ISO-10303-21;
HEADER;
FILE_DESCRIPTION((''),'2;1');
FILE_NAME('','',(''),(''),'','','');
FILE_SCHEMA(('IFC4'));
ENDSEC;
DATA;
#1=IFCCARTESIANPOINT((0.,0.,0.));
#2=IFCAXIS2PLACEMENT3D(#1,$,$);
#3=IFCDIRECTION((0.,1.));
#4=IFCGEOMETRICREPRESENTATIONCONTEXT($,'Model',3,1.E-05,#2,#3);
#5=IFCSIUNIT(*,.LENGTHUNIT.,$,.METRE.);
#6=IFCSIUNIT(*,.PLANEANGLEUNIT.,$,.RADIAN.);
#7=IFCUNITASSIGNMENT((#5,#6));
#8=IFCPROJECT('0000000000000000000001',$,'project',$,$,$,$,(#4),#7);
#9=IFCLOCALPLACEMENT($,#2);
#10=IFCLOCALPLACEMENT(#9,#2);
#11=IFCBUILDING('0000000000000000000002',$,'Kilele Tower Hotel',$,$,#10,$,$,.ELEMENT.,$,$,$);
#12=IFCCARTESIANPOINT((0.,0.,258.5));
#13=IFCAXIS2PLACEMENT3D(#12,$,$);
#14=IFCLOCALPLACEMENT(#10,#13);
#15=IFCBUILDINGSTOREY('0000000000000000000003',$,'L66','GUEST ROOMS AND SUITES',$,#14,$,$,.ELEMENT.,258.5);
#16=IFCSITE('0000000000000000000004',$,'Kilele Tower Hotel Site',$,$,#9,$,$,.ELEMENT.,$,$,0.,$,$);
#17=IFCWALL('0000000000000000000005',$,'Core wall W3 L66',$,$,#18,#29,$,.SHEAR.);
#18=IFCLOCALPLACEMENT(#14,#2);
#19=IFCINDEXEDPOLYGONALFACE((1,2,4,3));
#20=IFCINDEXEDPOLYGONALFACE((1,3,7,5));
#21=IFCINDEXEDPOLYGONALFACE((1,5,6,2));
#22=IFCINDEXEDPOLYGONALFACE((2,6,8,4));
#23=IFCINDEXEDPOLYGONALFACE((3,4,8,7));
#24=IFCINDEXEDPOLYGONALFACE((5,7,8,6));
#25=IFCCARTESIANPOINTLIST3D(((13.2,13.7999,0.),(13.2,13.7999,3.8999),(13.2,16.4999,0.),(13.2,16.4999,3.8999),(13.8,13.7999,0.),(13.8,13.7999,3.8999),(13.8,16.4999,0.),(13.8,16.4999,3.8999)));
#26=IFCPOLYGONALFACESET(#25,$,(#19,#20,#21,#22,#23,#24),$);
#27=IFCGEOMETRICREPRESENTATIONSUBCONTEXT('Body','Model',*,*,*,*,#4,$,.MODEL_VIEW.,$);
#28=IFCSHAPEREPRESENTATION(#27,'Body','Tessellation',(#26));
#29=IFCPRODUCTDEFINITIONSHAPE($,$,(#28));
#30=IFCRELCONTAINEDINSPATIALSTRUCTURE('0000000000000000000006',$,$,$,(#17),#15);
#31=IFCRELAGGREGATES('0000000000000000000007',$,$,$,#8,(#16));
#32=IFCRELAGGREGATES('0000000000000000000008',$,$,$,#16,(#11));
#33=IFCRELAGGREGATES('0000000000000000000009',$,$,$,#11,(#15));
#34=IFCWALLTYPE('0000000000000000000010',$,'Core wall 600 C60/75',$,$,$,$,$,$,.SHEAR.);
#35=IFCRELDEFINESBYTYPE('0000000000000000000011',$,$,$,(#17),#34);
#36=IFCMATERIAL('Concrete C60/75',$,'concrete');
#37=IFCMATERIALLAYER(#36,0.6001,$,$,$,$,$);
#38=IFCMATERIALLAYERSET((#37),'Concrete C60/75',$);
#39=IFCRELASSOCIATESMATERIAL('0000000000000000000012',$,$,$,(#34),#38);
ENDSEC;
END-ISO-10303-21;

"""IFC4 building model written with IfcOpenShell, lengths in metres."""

from ifc_helpers import new_model, si_unit, direction, frame, frame_2d, origin, place, context, subcontext, project, spatial, rectangle, extrude, material, layer, layer_set, type_object, element, save


model = new_model("IFC4")

# Units and contexts
model_context = context("Model", 3, precision=1e-05, world=origin(), true_north=direction((0.0, 1.0)))
body_context = subcontext(model_context, "Body", "Model", "MODEL_VIEW")
ifc_project = project(units=[si_unit("LENGTHUNIT", "METRE"), si_unit("PLANEANGLEUNIT", "RADIAN")], contexts=[model_context])

# Site, building, storey
site_placement = place(None, origin())
site = spatial("IfcSite", under=ifc_project, at=site_placement, Name="Kilele Tower Hotel Site", CompositionType="ELEMENT", RefElevation=0.0)
building_placement = place(site_placement, origin())
building = spatial("IfcBuilding", under=site, at=building_placement, Name="Kilele Tower Hotel", CompositionType="ELEMENT")
storey_placement = place(building_placement, frame((0.0, 0.0, 258.5)))
storey = spatial("IfcBuildingStorey", under=building, at=storey_placement, Name="L66", Description="GUEST ROOMS AND SUITES", CompositionType="ELEMENT", Elevation=258.5)

# Shared definitions
ifc_material_1 = material(Name="Concrete C60/75", Category="concrete")
ifc_layer = layer(ifc_material_1, 0.6001)
ifc_layer_set = layer_set([ifc_layer], Name="Concrete C60/75")
wall_type = type_object("IfcWallType", Name="Core wall 600 C60/75", PredefinedType="SHEAR", material=ifc_layer_set)

# Wall
wall_1_placement = place(storey_placement, frame((13.5, 16.5, 0.0), z_axis=(0.0, 0.0, 1.0), x_axis=(0.0, -1.0, 0.0)))
element("IfcWall", 1, at=wall_1_placement, inside=storey, type_object=wall_type, Name="Core wall W3 L66", PredefinedType="SHEAR", context=body_context, shape_type="SweptSolid", body=[
    extrude(rectangle(XDim=2.7, YDim=0.6001, at=frame_2d((1.3501, 0.0))), origin(), (0.0, 0.0, 1.0), 3.8999),
])

save(model, "model.ifc")
